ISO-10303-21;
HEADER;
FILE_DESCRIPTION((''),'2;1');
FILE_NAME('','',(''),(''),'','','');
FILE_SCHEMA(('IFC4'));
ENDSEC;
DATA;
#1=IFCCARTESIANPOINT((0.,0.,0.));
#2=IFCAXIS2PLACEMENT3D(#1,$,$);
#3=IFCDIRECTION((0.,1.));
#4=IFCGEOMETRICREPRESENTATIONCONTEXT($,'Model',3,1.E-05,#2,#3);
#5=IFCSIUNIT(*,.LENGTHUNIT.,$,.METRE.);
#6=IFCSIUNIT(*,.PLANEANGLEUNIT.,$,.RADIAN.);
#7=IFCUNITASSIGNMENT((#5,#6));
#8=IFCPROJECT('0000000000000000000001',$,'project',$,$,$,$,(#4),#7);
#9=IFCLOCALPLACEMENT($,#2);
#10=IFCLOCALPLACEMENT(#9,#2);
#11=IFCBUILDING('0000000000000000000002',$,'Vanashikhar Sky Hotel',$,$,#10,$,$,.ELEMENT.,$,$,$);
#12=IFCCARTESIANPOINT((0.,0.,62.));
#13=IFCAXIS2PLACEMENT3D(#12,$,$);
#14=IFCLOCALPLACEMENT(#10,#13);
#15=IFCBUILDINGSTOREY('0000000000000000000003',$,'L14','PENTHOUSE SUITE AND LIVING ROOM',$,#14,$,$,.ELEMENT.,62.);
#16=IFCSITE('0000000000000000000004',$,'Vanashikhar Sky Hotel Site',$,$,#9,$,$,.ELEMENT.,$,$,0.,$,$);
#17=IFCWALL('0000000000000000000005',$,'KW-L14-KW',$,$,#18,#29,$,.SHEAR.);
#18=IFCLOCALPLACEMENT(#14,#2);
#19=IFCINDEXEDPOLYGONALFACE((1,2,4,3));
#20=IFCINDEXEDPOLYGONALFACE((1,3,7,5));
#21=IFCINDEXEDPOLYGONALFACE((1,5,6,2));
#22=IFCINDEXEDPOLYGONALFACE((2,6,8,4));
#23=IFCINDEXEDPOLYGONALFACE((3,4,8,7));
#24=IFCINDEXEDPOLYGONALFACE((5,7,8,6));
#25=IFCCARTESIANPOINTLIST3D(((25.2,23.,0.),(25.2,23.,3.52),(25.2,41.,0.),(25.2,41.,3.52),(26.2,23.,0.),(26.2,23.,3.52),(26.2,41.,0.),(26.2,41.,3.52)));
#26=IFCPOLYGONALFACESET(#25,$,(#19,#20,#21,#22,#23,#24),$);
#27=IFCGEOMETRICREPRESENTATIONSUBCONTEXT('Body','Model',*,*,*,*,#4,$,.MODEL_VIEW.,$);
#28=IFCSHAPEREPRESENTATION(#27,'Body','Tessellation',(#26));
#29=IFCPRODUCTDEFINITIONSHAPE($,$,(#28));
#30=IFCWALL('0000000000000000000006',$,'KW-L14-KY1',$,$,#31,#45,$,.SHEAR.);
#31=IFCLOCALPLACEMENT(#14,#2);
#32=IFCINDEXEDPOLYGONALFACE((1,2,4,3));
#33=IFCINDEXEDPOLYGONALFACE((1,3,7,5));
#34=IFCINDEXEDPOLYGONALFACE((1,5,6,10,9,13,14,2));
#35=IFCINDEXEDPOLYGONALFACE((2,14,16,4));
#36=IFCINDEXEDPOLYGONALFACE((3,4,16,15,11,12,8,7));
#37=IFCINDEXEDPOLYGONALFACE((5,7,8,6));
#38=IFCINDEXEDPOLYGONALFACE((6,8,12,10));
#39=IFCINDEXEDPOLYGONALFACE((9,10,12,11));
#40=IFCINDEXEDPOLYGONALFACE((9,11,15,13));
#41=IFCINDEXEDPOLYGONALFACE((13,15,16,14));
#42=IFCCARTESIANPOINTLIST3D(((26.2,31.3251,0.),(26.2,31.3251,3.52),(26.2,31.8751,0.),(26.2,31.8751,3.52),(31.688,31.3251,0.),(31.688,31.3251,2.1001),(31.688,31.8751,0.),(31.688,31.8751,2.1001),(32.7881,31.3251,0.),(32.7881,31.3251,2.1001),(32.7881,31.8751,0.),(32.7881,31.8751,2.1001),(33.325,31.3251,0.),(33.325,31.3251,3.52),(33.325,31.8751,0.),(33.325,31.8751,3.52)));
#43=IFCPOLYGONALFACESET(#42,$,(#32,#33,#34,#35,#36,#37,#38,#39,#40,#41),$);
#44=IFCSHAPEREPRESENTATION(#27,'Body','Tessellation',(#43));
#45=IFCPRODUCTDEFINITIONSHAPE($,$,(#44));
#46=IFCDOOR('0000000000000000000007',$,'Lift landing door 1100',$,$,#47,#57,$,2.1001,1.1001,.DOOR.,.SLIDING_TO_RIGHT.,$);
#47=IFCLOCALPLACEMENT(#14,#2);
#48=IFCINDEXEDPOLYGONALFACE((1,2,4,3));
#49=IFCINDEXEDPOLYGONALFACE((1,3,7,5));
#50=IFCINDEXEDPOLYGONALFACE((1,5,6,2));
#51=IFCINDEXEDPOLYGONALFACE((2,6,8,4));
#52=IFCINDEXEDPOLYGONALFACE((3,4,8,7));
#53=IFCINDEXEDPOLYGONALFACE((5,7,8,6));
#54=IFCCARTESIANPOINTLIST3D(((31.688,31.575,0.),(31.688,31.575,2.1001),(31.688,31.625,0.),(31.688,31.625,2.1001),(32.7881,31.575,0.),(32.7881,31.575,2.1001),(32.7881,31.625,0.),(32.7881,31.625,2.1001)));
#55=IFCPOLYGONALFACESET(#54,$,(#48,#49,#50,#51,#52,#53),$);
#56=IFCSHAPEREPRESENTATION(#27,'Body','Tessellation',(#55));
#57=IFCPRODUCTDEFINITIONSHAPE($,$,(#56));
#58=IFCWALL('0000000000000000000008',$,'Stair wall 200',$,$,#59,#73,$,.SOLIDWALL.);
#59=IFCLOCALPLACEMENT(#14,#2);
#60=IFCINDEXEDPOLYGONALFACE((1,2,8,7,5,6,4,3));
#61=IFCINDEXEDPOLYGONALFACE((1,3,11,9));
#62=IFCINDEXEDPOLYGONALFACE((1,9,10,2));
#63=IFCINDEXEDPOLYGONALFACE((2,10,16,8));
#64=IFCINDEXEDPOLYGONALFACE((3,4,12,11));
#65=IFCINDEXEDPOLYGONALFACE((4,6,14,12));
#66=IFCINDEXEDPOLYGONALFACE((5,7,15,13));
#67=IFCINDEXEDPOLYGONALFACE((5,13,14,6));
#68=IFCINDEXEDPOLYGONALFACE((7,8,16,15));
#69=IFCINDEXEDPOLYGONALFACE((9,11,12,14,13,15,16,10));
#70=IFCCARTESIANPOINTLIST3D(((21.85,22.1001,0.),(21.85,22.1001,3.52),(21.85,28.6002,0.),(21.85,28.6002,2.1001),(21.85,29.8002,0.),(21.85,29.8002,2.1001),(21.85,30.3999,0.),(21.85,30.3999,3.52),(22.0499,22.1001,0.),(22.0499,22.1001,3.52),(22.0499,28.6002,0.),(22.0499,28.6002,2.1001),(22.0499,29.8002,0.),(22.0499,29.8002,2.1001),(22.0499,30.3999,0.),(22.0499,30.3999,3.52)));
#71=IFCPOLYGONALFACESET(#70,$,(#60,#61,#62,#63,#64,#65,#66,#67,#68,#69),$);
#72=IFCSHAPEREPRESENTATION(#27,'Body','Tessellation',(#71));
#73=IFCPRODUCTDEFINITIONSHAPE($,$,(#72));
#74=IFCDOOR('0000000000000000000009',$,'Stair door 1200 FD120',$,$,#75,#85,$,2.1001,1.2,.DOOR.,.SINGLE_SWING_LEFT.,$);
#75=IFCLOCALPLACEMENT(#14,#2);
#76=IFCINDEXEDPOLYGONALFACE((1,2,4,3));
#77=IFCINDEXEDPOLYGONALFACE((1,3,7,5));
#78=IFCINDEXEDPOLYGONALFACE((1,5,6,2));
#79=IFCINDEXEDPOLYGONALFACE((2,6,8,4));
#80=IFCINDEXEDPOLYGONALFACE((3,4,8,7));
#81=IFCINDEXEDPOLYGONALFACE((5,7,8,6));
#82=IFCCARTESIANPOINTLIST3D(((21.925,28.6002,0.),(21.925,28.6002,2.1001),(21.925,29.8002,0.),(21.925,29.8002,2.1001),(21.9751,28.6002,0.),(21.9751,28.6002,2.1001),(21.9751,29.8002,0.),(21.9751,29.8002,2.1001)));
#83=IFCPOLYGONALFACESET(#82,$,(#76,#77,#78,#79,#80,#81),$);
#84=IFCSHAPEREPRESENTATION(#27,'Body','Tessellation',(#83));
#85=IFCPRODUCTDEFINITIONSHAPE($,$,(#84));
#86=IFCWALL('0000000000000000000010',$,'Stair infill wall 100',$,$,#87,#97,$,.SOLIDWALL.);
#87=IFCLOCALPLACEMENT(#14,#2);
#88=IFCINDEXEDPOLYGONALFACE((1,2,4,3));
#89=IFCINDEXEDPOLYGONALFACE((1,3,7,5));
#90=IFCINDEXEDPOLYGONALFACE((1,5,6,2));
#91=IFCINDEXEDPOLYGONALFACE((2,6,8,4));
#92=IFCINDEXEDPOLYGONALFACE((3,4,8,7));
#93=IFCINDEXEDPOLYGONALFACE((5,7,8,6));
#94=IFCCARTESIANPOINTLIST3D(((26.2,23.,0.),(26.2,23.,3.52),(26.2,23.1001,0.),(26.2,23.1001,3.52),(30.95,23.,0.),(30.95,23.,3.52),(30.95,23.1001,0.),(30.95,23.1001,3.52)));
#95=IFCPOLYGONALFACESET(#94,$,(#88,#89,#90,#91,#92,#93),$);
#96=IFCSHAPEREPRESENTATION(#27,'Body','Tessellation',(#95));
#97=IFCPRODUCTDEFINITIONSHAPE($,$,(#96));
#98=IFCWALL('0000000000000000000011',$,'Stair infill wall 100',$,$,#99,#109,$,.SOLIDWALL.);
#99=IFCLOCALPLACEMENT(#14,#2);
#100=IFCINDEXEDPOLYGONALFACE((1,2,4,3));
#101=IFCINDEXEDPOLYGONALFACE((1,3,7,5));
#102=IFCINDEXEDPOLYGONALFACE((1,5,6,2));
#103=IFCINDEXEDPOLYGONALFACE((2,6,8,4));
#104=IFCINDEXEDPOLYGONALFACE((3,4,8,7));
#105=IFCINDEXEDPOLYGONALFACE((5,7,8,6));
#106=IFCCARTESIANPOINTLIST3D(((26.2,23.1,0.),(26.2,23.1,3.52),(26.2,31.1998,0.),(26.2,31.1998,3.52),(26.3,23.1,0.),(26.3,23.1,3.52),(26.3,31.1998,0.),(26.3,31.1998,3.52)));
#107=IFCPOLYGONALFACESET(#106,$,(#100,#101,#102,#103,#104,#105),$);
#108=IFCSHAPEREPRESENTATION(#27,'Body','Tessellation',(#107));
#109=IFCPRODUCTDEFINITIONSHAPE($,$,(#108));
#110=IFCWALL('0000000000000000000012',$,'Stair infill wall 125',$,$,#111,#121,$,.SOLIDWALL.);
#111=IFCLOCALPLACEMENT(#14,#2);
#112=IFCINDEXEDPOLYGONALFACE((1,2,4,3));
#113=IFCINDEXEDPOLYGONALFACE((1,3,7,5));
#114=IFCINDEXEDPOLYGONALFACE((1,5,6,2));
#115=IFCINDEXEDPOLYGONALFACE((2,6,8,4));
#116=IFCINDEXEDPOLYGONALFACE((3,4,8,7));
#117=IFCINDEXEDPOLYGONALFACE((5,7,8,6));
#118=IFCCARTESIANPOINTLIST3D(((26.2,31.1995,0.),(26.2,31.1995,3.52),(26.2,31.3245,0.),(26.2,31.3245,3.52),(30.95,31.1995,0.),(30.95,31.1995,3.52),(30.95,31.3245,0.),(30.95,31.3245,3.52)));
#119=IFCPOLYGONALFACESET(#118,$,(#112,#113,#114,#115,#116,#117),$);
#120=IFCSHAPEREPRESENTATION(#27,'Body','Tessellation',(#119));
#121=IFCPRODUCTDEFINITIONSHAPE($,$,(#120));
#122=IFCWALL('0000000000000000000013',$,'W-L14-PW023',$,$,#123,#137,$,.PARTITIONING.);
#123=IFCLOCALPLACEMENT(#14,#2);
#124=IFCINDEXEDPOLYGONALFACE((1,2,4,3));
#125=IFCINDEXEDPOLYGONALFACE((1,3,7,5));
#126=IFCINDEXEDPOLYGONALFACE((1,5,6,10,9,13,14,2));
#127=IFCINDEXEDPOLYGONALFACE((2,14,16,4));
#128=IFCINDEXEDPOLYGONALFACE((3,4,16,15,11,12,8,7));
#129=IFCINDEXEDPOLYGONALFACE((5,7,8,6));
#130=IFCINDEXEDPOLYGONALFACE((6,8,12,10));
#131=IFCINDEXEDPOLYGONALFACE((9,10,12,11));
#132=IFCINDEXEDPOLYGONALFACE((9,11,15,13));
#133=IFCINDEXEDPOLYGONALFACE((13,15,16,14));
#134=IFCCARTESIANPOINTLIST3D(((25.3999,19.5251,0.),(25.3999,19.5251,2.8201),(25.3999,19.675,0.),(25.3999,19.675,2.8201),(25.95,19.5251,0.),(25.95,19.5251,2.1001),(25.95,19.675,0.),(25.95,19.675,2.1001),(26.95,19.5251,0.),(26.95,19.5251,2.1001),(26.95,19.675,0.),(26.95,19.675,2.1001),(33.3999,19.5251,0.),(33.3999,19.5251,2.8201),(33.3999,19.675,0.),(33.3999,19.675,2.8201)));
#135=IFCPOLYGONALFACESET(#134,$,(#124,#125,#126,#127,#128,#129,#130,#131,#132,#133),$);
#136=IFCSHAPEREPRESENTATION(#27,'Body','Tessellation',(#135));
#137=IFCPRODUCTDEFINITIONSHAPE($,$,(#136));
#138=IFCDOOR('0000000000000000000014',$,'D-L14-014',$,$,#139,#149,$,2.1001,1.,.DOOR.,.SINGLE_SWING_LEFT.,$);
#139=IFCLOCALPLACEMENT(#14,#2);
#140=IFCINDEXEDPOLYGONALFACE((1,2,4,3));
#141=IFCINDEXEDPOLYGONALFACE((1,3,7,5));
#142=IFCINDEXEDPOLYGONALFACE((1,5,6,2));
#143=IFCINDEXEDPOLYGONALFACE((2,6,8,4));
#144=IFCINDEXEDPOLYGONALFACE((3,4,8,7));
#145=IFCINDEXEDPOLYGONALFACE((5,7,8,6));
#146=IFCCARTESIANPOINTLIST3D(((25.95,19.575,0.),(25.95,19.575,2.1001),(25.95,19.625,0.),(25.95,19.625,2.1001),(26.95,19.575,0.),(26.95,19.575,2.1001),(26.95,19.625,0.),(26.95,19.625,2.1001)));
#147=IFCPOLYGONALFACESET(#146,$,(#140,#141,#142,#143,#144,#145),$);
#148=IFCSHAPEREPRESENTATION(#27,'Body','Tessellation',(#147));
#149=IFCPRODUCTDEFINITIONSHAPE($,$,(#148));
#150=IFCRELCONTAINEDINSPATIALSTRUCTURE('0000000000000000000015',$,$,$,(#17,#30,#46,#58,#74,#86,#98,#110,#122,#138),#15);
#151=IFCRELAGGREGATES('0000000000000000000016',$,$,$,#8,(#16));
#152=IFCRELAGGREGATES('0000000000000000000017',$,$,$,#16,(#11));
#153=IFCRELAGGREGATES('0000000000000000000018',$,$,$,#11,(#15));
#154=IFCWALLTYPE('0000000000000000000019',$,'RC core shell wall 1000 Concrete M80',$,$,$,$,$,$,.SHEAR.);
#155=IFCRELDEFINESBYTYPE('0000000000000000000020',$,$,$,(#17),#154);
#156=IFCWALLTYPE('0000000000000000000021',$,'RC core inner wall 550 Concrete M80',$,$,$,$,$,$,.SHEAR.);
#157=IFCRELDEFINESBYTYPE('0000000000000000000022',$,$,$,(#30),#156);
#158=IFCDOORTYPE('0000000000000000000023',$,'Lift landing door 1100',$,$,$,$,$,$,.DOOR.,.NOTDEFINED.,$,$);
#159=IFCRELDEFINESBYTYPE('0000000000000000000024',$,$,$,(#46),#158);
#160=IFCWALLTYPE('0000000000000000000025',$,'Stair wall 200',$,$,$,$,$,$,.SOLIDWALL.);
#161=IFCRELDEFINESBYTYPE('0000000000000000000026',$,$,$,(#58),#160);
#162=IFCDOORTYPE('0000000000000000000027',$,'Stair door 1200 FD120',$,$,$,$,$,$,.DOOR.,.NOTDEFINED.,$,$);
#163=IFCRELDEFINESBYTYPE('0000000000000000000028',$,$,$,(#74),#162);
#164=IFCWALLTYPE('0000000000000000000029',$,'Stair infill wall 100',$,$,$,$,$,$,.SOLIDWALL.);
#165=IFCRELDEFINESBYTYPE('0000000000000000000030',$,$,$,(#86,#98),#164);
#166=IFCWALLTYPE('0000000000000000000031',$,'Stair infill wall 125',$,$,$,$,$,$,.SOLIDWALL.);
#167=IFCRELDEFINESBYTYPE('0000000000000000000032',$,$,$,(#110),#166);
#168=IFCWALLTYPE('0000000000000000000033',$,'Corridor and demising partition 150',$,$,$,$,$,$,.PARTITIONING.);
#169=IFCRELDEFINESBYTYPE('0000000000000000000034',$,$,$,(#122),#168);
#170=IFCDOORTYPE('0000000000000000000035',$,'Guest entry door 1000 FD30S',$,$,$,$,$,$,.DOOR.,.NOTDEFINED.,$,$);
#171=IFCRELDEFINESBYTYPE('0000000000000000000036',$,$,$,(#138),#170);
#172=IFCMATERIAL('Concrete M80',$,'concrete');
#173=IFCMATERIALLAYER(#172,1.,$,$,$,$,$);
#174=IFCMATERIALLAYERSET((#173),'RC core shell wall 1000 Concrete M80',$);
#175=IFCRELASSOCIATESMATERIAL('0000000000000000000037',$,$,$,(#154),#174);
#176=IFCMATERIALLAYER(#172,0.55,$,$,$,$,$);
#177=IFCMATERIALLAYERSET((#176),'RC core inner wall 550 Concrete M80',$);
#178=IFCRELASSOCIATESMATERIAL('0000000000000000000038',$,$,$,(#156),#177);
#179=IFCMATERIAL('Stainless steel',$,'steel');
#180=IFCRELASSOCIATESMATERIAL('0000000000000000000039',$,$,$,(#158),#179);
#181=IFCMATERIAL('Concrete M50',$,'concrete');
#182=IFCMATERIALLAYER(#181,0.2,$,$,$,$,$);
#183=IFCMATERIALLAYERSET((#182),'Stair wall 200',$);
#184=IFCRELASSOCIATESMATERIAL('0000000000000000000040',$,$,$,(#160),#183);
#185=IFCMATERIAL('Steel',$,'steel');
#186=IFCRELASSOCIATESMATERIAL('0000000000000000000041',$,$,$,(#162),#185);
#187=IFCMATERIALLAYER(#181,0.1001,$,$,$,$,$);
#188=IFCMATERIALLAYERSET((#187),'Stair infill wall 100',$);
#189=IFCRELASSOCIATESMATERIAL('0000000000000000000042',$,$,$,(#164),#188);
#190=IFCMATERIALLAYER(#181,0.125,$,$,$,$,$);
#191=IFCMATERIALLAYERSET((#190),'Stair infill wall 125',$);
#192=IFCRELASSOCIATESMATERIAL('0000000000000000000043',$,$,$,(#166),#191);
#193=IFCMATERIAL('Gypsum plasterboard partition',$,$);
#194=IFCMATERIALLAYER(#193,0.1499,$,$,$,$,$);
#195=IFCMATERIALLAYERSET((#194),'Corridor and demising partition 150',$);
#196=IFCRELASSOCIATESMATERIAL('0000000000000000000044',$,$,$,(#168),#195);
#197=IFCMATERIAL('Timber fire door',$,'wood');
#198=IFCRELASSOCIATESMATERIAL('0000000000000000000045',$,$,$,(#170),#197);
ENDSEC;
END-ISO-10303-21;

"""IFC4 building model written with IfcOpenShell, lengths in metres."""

from ifc_helpers import new_model, si_unit, direction, frame, frame_2d, origin, place, context, subcontext, project, spatial, rectangle, extrude, source, transform, mapped, material, layer, layer_set, type_object, element, fill, save


model = new_model("IFC4")

# Units and contexts
model_context = context("Model", 3, precision=1e-05, world=origin(), true_north=direction((0.0, 1.0)))
body_context = subcontext(model_context, "Body", "Model", "MODEL_VIEW")
ifc_project = project(units=[si_unit("LENGTHUNIT", "METRE"), si_unit("PLANEANGLEUNIT", "RADIAN")], contexts=[model_context])

# Site, building, storey
site_placement = place(None, origin())
site = spatial("IfcSite", under=ifc_project, at=site_placement, Name="Vanashikhar Sky Hotel Site", CompositionType="ELEMENT", RefElevation=0.0)
building_placement = place(site_placement, origin())
building = spatial("IfcBuilding", under=site, at=building_placement, Name="Vanashikhar Sky Hotel", CompositionType="ELEMENT")
storey_placement = place(building_placement, frame((0.0, 0.0, 62.0)))
storey = spatial("IfcBuildingStorey", under=building, at=storey_placement, Name="L14", Description="PENTHOUSE SUITE AND LIVING ROOM", CompositionType="ELEMENT", Elevation=62.0)

# Shared definitions
ifc_material_1 = material(Name="Concrete M80", Category="concrete")
ifc_layer_1 = layer(ifc_material_1, 1.0)
ifc_layer_set_1 = layer_set([ifc_layer_1], Name="RC core shell wall 1000 Concrete M80")
wall_type_1 = type_object("IfcWallType", Name="RC core shell wall 1000 Concrete M80", PredefinedType="SHEAR", material=ifc_layer_set_1)
ifc_material_2 = material(Name="Steel", Category="steel")

# Wall
shared_shape_1 = source(origin(), body_context, "Body", "SweptSolid", [
    extrude(rectangle(XDim=18.0, YDim=1.0, at=frame_2d((9.0, 0.0))), origin(), (0.0, 0.0, 1.0), 3.52),
])
wall_1_placement = place(storey_placement, frame((25.7, 23.0, 0.0), z_axis=(0.0, 0.0, 1.0), x_axis=(0.0, 1.0, 0.0)))
element("IfcWall", 1, at=wall_1_placement, inside=storey, type_object=wall_type_1, Name="KW-L14-KW", PredefinedType="SHEAR", context=body_context, shape_type="MappedRepresentation", body=[
    mapped(shared_shape_1, transform((0.0, 0.0, 0.0), scale=1.0)),
])

# Walls, openings, doors
ifc_layer_2 = layer(ifc_material_1, 0.55)
ifc_layer_set_2 = layer_set([ifc_layer_2], Name="RC core inner wall 550 Concrete M80")
wall_type_2 = type_object("IfcWallType", Name="RC core inner wall 550 Concrete M80", PredefinedType="SHEAR", material=ifc_layer_set_2)
shared_shape_2 = source(origin(), body_context, "Body", "SweptSolid", [
    extrude(rectangle(XDim=7.125, YDim=0.55, at=frame_2d((3.5625, 0.0))), origin(), (0.0, 0.0, 1.0), 3.52),
])
wall_2_placement = place(storey_placement, frame((26.2, 31.6001, 0.0), z_axis=(0.0, 0.0, 1.0), x_axis=(1.0, 0.0, 0.0)))
wall_2 = element("IfcWall", 2, at=wall_2_placement, inside=storey, type_object=wall_type_2, Name="KW-L14-KY1", PredefinedType="SHEAR", context=body_context, shape_type="MappedRepresentation", body=[
    mapped(shared_shape_2, transform((0.0, 0.0, 0.0), scale=1.0)),
])
shared_shape_3 = source(origin(), body_context, "Body", "SweptSolid", [
    extrude(rectangle(XDim=1.1001, YDim=2.1001, at=frame_2d((0.55, 1.05))), frame((0.0, 0.2852, 0.0), z_axis=(0.0, -1.0, 0.0), x_axis=(1.0, 0.0, 0.0)), (0.0, 0.0, 1.0), 0.5701),
])
opening_1_placement = place(wall_2_placement, frame((5.488, 0.0, 0.0)))
opening_1 = element("IfcOpeningElement", 3, at=opening_1_placement, cuts=wall_2, PredefinedType="OPENING", context=body_context, shape_type="MappedRepresentation", body=[
    mapped(shared_shape_3, transform((0.0, 0.0, 0.0), scale=1.0)),
])
ifc_material_3 = material(Name="Stainless steel", Category="steel")
door_type_1 = type_object("IfcDoorType", Name="Lift landing door 1100", OperationType="NOTDEFINED", PredefinedType="DOOR", material=ifc_material_3)
shared_shape_4 = source(origin(), body_context, "Body", "SweptSolid", [
    extrude(rectangle(XDim=1.1001, YDim=2.1001, at=frame_2d((0.55, 1.05))), frame((0.0, 0.0249, 0.0), z_axis=(0.0, -1.0, 0.0), x_axis=(1.0, 0.0, 0.0)), (0.0, 0.0, 1.0), 0.05),
])
door_1_placement = place(opening_1_placement, origin())
door_1 = element("IfcDoor", 4, at=door_1_placement, inside=storey, type_object=door_type_1, Name="Lift landing door 1100", OperationType="SLIDING_TO_RIGHT", OverallHeight=2.1001, OverallWidth=1.1001, PredefinedType="DOOR", context=body_context, shape_type="MappedRepresentation", body=[
    mapped(shared_shape_4, transform((0.0, 0.0, 0.0), scale=1.0)),
])
fill(opening_1, door_1)
ifc_material_4 = material(Name="Concrete M50", Category="concrete")
ifc_layer_3 = layer(ifc_material_4, 0.2)
ifc_layer_set_3 = layer_set([ifc_layer_3], Name="Stair wall 200")
wall_type_3 = type_object("IfcWallType", Name="Stair wall 200", PredefinedType="SOLIDWALL", material=ifc_layer_set_3)
shared_shape_5 = source(origin(), body_context, "Body", "SweptSolid", [
    extrude(rectangle(XDim=8.2998, YDim=0.2, at=frame_2d((4.1499, 0.0))), origin(), (0.0, 0.0, 1.0), 3.52),
])
wall_3_placement = place(storey_placement, frame((21.95, 22.1001, 0.0), z_axis=(0.0, 0.0, 1.0), x_axis=(0.0, 1.0, 0.0)))
wall_3 = element("IfcWall", 5, at=wall_3_placement, inside=storey, type_object=wall_type_3, Name="Stair wall 200", PredefinedType="SOLIDWALL", context=body_context, shape_type="MappedRepresentation", body=[
    mapped(shared_shape_5, transform((0.0, 0.0, 0.0), scale=1.0)),
])
shared_shape_6 = source(origin(), body_context, "Body", "SweptSolid", [
    extrude(rectangle(XDim=1.2, YDim=2.1001, at=frame_2d((0.6001, 1.05))), frame((0.0, 0.1099, 0.0), z_axis=(0.0, -1.0, 0.0), x_axis=(1.0, 0.0, 0.0)), (0.0, 0.0, 1.0), 0.22),
])
opening_2_placement = place(wall_3_placement, frame((6.5, 0.0, 0.0)))
opening_2 = element("IfcOpeningElement", 6, at=opening_2_placement, cuts=wall_3, PredefinedType="OPENING", context=body_context, shape_type="MappedRepresentation", body=[
    mapped(shared_shape_6, transform((0.0, 0.0, 0.0), scale=1.0)),
])
door_type_2 = type_object("IfcDoorType", Name="Stair door 1200 FD120", OperationType="NOTDEFINED", PredefinedType="DOOR", material=ifc_material_2)
shared_shape_7 = source(origin(), body_context, "Body", "SweptSolid", [
    extrude(rectangle(XDim=1.2, YDim=2.1001, at=frame_2d((0.6001, 1.05))), frame((0.0, 0.0249, 0.0), z_axis=(0.0, -1.0, 0.0), x_axis=(1.0, 0.0, 0.0)), (0.0, 0.0, 1.0), 0.05),
])
door_2_placement = place(opening_2_placement, origin())
door_2 = element("IfcDoor", 7, at=door_2_placement, inside=storey, type_object=door_type_2, Name="Stair door 1200 FD120", OperationType="SINGLE_SWING_LEFT", OverallHeight=2.1001, OverallWidth=1.2, PredefinedType="DOOR", context=body_context, shape_type="MappedRepresentation", body=[
    mapped(shared_shape_7, transform((0.0, 0.0, 0.0), scale=1.0)),
])
fill(opening_2, door_2)

# Walls
ifc_layer_4 = layer(ifc_material_4, 0.1001)
ifc_layer_set_4 = layer_set([ifc_layer_4], Name="Stair infill wall 100")
wall_type_4 = type_object("IfcWallType", Name="Stair infill wall 100", PredefinedType="SOLIDWALL", material=ifc_layer_set_4)
shared_shape_8 = source(origin(), body_context, "Body", "SweptSolid", [
    extrude(rectangle(XDim=4.75, YDim=0.1001, at=frame_2d((2.375, 0.0))), origin(), (0.0, 0.0, 1.0), 3.52),
])
wall_4_placement = place(storey_placement, frame((26.2, 23.05, 0.0), z_axis=(0.0, 0.0, 1.0), x_axis=(1.0, 0.0, 0.0)))
element("IfcWall", 8, at=wall_4_placement, inside=storey, type_object=wall_type_4, Name="Stair infill wall 100", PredefinedType="SOLIDWALL", context=body_context, shape_type="MappedRepresentation", body=[
    mapped(shared_shape_8, transform((0.0, 0.0, 0.0), scale=1.0)),
])
shared_shape_9 = source(origin(), body_context, "Body", "SweptSolid", [
    extrude(rectangle(XDim=8.0999, YDim=0.1001, at=frame_2d((4.0498, 0.0))), origin(), (0.0, 0.0, 1.0), 3.52),
])
wall_5_placement = place(storey_placement, frame((26.25, 23.1001, 0.0), z_axis=(0.0, 0.0, 1.0), x_axis=(0.0, 1.0, 0.0)))
element("IfcWall", 9, at=wall_5_placement, inside=storey, type_object=wall_type_4, Name="Stair infill wall 100", PredefinedType="SOLIDWALL", context=body_context, shape_type="MappedRepresentation", body=[
    mapped(shared_shape_9, transform((0.0, 0.0, 0.0), scale=1.0)),
])
ifc_layer_5 = layer(ifc_material_4, 0.125)
ifc_layer_set_5 = layer_set([ifc_layer_5], Name="Stair infill wall 125")
wall_type_5 = type_object("IfcWallType", Name="Stair infill wall 125", PredefinedType="SOLIDWALL", material=ifc_layer_set_5)
shared_shape_10 = source(origin(), body_context, "Body", "SweptSolid", [
    extrude(rectangle(XDim=4.75, YDim=0.125, at=frame_2d((2.375, 0.0))), origin(), (0.0, 0.0, 1.0), 3.52),
])
wall_6_placement = place(storey_placement, frame((26.2, 31.262, 0.0), z_axis=(0.0, 0.0, 1.0), x_axis=(1.0, 0.0, 0.0)))
element("IfcWall", 10, at=wall_6_placement, inside=storey, type_object=wall_type_5, Name="Stair infill wall 125", PredefinedType="SOLIDWALL", context=body_context, shape_type="MappedRepresentation", body=[
    mapped(shared_shape_10, transform((0.0, 0.0, 0.0), scale=1.0)),
])

# Wall, opening, door
ifc_material_5 = material(Name="Gypsum plasterboard partition")
ifc_layer_6 = layer(ifc_material_5, 0.1499)
ifc_layer_set_6 = layer_set([ifc_layer_6], Name="Corridor and demising partition 150")
wall_type_6 = type_object("IfcWallType", Name="Corridor and demising partition 150", PredefinedType="PARTITIONING", material=ifc_layer_set_6)
shared_shape_11 = source(origin(), body_context, "Body", "SweptSolid", [
    extrude(rectangle(XDim=8.0, YDim=0.1499, at=frame_2d((4.0, 0.0))), origin(), (0.0, 0.0, 1.0), 2.8201),
])
wall_7_placement = place(storey_placement, frame((25.3999, 19.6001, 0.0), z_axis=(0.0, 0.0, 1.0), x_axis=(1.0, 0.0, 0.0)))
wall_7 = element("IfcWall", 11, at=wall_7_placement, inside=storey, type_object=wall_type_6, Name="W-L14-PW023", PredefinedType="PARTITIONING", context=body_context, shape_type="MappedRepresentation", body=[
    mapped(shared_shape_11, transform((0.0, 0.0, 0.0), scale=1.0)),
])
shared_shape_12 = source(origin(), body_context, "Body", "SweptSolid", [
    extrude(rectangle(XDim=1.0, YDim=2.1001, at=frame_2d((0.5, 1.05))), frame((0.0, 0.085, 0.0), z_axis=(0.0, -1.0, 0.0), x_axis=(1.0, 0.0, 0.0)), (0.0, 0.0, 1.0), 0.1699),
])
opening_3_placement = place(wall_7_placement, frame((0.55, 0.0, 0.0)))
opening_3 = element("IfcOpeningElement", 12, at=opening_3_placement, cuts=wall_7, PredefinedType="OPENING", context=body_context, shape_type="MappedRepresentation", body=[
    mapped(shared_shape_12, transform((0.0, 0.0, 0.0), scale=1.0)),
])
ifc_material_6 = material(Name="Timber fire door", Category="wood")
door_type_3 = type_object("IfcDoorType", Name="Guest entry door 1000 FD30S", OperationType="NOTDEFINED", PredefinedType="DOOR", material=ifc_material_6)
shared_shape_13 = source(origin(), body_context, "Body", "SweptSolid", [
    extrude(rectangle(XDim=1.0, YDim=2.1001, at=frame_2d((0.5, 1.05))), frame((0.0, 0.0249, 0.0), z_axis=(0.0, -1.0, 0.0), x_axis=(1.0, 0.0, 0.0)), (0.0, 0.0, 1.0), 0.05),
])
door_3_placement = place(opening_3_placement, origin())
door_3 = element("IfcDoor", 13, at=door_3_placement, inside=storey, type_object=door_type_3, Name="D-L14-014", OperationType="SINGLE_SWING_LEFT", OverallHeight=2.1001, OverallWidth=1.0, PredefinedType="DOOR", context=body_context, shape_type="MappedRepresentation", body=[
    mapped(shared_shape_13, transform((0.0, 0.0, 0.0), scale=1.0)),
])
fill(opening_3, door_3)

save(model, "model.ifc")
